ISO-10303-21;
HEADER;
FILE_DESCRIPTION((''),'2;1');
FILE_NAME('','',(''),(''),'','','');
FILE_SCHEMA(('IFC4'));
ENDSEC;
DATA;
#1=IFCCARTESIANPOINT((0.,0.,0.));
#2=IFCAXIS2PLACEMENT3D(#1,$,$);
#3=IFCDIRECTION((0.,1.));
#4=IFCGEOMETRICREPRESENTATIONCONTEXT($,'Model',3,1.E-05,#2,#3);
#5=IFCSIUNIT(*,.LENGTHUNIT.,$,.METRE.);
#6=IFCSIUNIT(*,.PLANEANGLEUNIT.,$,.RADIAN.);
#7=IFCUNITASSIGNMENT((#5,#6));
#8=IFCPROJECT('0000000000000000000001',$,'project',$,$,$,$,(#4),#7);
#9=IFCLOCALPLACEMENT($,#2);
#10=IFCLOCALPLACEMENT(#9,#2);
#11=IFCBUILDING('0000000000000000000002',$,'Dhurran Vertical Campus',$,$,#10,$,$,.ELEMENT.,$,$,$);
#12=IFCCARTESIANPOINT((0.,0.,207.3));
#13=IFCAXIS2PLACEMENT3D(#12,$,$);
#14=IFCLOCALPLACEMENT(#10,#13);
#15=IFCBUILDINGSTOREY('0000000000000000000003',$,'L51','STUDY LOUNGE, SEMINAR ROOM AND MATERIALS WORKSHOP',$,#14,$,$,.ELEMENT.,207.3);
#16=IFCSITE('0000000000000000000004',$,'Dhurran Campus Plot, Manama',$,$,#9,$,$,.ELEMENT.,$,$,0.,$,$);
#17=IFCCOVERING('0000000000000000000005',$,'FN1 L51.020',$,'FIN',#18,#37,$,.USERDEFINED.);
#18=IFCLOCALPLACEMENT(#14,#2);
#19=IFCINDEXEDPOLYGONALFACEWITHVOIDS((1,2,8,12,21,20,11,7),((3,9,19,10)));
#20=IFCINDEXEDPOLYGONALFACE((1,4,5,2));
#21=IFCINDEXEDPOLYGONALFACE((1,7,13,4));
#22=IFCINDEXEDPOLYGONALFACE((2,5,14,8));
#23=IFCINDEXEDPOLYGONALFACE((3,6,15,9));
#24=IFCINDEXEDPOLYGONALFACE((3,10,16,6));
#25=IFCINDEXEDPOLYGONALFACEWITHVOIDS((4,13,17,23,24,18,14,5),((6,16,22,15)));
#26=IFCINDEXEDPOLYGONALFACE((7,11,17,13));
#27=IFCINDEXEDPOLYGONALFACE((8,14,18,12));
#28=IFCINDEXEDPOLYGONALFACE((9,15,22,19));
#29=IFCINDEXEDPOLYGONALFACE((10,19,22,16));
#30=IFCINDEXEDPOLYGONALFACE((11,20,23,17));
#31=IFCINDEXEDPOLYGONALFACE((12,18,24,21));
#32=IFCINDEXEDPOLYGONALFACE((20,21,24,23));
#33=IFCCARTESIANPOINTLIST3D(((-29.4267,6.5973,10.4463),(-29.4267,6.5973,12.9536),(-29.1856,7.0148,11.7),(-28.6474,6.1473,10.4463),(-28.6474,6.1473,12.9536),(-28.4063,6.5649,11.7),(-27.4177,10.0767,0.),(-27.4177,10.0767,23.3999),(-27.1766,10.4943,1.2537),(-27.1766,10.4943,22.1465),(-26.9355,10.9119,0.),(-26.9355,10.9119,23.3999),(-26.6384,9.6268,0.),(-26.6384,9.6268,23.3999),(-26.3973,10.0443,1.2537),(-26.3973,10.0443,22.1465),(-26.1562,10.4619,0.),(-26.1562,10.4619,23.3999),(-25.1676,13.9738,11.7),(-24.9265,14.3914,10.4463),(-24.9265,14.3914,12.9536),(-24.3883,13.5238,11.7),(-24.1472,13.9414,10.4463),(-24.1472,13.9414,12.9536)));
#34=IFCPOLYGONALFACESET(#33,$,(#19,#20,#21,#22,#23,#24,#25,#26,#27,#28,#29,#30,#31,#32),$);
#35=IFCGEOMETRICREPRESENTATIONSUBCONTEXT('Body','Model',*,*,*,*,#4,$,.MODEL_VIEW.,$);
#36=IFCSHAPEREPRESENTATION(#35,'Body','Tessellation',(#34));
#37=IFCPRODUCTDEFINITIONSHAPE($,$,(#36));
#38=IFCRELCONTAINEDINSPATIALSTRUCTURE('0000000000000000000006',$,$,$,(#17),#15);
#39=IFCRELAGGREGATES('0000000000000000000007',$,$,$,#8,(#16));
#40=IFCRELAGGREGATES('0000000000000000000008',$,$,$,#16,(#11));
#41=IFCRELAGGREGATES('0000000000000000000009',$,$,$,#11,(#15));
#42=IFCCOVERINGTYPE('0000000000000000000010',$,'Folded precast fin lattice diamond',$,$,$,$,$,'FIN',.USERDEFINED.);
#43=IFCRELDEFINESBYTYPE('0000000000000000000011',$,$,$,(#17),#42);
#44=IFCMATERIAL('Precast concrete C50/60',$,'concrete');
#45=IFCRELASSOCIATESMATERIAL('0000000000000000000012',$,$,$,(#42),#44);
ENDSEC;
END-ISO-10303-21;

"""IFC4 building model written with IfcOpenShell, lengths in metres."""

from ifc_helpers import new_model, si_unit, direction, frame, origin, place, context, subcontext, project, spatial, polyline, outline, extrude, material, type_object, element, save


model = new_model("IFC4")

# Units and contexts
model_context = context("Model", 3, precision=1e-05, world=origin(), true_north=direction((0.0, 1.0)))
body_context = subcontext(model_context, "Body", "Model", "MODEL_VIEW")
ifc_project = project(units=[si_unit("LENGTHUNIT", "METRE"), si_unit("PLANEANGLEUNIT", "RADIAN")], contexts=[model_context])

# Site, building, storey
site_placement = place(None, origin())
site = spatial("IfcSite", under=ifc_project, at=site_placement, Name="Dhurran Campus Plot, Manama", CompositionType="ELEMENT", RefElevation=0.0)
building_placement = place(site_placement, origin())
building = spatial("IfcBuilding", under=site, at=building_placement, Name="Dhurran Vertical Campus", CompositionType="ELEMENT")
storey_placement = place(building_placement, frame((0.0, 0.0, 207.3)))
storey = spatial("IfcBuildingStorey", under=building, at=storey_placement, Name="L51", Description="STUDY LOUNGE, SEMINAR ROOM AND MATERIALS WORKSHOP", CompositionType="ELEMENT", Elevation=207.3)

# Covering
ifc_material_1 = material(Name="Precast concrete C50/60", Category="concrete")
covering_type = type_object("IfcCoveringType", Name="Folded precast fin lattice diamond", ElementType="FIN", PredefinedType="USERDEFINED", material=ifc_material_1)
for number, where, z_axis, x_axis, name in (
    (1, (-24.1472, 13.9414, 0.0), (-0.866014, 0.50002, 0.0), (-0.50002, -0.866014, 0.0), "FN1 L51.020"),
):
    element("IfcCovering", number, at=place(storey_placement, frame(where, z_axis=z_axis, x_axis=x_axis)), inside=storey, type_object=covering_type, Name=name, ObjectType="FIN", PredefinedType="USERDEFINED", context=body_context, shape_type="SweptSolid", body=[
        extrude(outline(polyline([(9.0, 12.9536), (9.0, 10.4463), (4.9822, 0.0), (4.0178, 0.0), (0.0, 10.4463), (0.0, 12.9536), (4.0178, 23.3999), (4.9822, 23.3999), (9.0, 12.9536)]), holes=[polyline([(8.5178, 11.7), (4.5, 22.1465), (0.4822, 11.7), (4.5, 1.2537), (8.5178, 11.7)])]), origin(), (0.0, 0.0, 1.0), 0.8999),
    ])

save(model, "model.ifc")
